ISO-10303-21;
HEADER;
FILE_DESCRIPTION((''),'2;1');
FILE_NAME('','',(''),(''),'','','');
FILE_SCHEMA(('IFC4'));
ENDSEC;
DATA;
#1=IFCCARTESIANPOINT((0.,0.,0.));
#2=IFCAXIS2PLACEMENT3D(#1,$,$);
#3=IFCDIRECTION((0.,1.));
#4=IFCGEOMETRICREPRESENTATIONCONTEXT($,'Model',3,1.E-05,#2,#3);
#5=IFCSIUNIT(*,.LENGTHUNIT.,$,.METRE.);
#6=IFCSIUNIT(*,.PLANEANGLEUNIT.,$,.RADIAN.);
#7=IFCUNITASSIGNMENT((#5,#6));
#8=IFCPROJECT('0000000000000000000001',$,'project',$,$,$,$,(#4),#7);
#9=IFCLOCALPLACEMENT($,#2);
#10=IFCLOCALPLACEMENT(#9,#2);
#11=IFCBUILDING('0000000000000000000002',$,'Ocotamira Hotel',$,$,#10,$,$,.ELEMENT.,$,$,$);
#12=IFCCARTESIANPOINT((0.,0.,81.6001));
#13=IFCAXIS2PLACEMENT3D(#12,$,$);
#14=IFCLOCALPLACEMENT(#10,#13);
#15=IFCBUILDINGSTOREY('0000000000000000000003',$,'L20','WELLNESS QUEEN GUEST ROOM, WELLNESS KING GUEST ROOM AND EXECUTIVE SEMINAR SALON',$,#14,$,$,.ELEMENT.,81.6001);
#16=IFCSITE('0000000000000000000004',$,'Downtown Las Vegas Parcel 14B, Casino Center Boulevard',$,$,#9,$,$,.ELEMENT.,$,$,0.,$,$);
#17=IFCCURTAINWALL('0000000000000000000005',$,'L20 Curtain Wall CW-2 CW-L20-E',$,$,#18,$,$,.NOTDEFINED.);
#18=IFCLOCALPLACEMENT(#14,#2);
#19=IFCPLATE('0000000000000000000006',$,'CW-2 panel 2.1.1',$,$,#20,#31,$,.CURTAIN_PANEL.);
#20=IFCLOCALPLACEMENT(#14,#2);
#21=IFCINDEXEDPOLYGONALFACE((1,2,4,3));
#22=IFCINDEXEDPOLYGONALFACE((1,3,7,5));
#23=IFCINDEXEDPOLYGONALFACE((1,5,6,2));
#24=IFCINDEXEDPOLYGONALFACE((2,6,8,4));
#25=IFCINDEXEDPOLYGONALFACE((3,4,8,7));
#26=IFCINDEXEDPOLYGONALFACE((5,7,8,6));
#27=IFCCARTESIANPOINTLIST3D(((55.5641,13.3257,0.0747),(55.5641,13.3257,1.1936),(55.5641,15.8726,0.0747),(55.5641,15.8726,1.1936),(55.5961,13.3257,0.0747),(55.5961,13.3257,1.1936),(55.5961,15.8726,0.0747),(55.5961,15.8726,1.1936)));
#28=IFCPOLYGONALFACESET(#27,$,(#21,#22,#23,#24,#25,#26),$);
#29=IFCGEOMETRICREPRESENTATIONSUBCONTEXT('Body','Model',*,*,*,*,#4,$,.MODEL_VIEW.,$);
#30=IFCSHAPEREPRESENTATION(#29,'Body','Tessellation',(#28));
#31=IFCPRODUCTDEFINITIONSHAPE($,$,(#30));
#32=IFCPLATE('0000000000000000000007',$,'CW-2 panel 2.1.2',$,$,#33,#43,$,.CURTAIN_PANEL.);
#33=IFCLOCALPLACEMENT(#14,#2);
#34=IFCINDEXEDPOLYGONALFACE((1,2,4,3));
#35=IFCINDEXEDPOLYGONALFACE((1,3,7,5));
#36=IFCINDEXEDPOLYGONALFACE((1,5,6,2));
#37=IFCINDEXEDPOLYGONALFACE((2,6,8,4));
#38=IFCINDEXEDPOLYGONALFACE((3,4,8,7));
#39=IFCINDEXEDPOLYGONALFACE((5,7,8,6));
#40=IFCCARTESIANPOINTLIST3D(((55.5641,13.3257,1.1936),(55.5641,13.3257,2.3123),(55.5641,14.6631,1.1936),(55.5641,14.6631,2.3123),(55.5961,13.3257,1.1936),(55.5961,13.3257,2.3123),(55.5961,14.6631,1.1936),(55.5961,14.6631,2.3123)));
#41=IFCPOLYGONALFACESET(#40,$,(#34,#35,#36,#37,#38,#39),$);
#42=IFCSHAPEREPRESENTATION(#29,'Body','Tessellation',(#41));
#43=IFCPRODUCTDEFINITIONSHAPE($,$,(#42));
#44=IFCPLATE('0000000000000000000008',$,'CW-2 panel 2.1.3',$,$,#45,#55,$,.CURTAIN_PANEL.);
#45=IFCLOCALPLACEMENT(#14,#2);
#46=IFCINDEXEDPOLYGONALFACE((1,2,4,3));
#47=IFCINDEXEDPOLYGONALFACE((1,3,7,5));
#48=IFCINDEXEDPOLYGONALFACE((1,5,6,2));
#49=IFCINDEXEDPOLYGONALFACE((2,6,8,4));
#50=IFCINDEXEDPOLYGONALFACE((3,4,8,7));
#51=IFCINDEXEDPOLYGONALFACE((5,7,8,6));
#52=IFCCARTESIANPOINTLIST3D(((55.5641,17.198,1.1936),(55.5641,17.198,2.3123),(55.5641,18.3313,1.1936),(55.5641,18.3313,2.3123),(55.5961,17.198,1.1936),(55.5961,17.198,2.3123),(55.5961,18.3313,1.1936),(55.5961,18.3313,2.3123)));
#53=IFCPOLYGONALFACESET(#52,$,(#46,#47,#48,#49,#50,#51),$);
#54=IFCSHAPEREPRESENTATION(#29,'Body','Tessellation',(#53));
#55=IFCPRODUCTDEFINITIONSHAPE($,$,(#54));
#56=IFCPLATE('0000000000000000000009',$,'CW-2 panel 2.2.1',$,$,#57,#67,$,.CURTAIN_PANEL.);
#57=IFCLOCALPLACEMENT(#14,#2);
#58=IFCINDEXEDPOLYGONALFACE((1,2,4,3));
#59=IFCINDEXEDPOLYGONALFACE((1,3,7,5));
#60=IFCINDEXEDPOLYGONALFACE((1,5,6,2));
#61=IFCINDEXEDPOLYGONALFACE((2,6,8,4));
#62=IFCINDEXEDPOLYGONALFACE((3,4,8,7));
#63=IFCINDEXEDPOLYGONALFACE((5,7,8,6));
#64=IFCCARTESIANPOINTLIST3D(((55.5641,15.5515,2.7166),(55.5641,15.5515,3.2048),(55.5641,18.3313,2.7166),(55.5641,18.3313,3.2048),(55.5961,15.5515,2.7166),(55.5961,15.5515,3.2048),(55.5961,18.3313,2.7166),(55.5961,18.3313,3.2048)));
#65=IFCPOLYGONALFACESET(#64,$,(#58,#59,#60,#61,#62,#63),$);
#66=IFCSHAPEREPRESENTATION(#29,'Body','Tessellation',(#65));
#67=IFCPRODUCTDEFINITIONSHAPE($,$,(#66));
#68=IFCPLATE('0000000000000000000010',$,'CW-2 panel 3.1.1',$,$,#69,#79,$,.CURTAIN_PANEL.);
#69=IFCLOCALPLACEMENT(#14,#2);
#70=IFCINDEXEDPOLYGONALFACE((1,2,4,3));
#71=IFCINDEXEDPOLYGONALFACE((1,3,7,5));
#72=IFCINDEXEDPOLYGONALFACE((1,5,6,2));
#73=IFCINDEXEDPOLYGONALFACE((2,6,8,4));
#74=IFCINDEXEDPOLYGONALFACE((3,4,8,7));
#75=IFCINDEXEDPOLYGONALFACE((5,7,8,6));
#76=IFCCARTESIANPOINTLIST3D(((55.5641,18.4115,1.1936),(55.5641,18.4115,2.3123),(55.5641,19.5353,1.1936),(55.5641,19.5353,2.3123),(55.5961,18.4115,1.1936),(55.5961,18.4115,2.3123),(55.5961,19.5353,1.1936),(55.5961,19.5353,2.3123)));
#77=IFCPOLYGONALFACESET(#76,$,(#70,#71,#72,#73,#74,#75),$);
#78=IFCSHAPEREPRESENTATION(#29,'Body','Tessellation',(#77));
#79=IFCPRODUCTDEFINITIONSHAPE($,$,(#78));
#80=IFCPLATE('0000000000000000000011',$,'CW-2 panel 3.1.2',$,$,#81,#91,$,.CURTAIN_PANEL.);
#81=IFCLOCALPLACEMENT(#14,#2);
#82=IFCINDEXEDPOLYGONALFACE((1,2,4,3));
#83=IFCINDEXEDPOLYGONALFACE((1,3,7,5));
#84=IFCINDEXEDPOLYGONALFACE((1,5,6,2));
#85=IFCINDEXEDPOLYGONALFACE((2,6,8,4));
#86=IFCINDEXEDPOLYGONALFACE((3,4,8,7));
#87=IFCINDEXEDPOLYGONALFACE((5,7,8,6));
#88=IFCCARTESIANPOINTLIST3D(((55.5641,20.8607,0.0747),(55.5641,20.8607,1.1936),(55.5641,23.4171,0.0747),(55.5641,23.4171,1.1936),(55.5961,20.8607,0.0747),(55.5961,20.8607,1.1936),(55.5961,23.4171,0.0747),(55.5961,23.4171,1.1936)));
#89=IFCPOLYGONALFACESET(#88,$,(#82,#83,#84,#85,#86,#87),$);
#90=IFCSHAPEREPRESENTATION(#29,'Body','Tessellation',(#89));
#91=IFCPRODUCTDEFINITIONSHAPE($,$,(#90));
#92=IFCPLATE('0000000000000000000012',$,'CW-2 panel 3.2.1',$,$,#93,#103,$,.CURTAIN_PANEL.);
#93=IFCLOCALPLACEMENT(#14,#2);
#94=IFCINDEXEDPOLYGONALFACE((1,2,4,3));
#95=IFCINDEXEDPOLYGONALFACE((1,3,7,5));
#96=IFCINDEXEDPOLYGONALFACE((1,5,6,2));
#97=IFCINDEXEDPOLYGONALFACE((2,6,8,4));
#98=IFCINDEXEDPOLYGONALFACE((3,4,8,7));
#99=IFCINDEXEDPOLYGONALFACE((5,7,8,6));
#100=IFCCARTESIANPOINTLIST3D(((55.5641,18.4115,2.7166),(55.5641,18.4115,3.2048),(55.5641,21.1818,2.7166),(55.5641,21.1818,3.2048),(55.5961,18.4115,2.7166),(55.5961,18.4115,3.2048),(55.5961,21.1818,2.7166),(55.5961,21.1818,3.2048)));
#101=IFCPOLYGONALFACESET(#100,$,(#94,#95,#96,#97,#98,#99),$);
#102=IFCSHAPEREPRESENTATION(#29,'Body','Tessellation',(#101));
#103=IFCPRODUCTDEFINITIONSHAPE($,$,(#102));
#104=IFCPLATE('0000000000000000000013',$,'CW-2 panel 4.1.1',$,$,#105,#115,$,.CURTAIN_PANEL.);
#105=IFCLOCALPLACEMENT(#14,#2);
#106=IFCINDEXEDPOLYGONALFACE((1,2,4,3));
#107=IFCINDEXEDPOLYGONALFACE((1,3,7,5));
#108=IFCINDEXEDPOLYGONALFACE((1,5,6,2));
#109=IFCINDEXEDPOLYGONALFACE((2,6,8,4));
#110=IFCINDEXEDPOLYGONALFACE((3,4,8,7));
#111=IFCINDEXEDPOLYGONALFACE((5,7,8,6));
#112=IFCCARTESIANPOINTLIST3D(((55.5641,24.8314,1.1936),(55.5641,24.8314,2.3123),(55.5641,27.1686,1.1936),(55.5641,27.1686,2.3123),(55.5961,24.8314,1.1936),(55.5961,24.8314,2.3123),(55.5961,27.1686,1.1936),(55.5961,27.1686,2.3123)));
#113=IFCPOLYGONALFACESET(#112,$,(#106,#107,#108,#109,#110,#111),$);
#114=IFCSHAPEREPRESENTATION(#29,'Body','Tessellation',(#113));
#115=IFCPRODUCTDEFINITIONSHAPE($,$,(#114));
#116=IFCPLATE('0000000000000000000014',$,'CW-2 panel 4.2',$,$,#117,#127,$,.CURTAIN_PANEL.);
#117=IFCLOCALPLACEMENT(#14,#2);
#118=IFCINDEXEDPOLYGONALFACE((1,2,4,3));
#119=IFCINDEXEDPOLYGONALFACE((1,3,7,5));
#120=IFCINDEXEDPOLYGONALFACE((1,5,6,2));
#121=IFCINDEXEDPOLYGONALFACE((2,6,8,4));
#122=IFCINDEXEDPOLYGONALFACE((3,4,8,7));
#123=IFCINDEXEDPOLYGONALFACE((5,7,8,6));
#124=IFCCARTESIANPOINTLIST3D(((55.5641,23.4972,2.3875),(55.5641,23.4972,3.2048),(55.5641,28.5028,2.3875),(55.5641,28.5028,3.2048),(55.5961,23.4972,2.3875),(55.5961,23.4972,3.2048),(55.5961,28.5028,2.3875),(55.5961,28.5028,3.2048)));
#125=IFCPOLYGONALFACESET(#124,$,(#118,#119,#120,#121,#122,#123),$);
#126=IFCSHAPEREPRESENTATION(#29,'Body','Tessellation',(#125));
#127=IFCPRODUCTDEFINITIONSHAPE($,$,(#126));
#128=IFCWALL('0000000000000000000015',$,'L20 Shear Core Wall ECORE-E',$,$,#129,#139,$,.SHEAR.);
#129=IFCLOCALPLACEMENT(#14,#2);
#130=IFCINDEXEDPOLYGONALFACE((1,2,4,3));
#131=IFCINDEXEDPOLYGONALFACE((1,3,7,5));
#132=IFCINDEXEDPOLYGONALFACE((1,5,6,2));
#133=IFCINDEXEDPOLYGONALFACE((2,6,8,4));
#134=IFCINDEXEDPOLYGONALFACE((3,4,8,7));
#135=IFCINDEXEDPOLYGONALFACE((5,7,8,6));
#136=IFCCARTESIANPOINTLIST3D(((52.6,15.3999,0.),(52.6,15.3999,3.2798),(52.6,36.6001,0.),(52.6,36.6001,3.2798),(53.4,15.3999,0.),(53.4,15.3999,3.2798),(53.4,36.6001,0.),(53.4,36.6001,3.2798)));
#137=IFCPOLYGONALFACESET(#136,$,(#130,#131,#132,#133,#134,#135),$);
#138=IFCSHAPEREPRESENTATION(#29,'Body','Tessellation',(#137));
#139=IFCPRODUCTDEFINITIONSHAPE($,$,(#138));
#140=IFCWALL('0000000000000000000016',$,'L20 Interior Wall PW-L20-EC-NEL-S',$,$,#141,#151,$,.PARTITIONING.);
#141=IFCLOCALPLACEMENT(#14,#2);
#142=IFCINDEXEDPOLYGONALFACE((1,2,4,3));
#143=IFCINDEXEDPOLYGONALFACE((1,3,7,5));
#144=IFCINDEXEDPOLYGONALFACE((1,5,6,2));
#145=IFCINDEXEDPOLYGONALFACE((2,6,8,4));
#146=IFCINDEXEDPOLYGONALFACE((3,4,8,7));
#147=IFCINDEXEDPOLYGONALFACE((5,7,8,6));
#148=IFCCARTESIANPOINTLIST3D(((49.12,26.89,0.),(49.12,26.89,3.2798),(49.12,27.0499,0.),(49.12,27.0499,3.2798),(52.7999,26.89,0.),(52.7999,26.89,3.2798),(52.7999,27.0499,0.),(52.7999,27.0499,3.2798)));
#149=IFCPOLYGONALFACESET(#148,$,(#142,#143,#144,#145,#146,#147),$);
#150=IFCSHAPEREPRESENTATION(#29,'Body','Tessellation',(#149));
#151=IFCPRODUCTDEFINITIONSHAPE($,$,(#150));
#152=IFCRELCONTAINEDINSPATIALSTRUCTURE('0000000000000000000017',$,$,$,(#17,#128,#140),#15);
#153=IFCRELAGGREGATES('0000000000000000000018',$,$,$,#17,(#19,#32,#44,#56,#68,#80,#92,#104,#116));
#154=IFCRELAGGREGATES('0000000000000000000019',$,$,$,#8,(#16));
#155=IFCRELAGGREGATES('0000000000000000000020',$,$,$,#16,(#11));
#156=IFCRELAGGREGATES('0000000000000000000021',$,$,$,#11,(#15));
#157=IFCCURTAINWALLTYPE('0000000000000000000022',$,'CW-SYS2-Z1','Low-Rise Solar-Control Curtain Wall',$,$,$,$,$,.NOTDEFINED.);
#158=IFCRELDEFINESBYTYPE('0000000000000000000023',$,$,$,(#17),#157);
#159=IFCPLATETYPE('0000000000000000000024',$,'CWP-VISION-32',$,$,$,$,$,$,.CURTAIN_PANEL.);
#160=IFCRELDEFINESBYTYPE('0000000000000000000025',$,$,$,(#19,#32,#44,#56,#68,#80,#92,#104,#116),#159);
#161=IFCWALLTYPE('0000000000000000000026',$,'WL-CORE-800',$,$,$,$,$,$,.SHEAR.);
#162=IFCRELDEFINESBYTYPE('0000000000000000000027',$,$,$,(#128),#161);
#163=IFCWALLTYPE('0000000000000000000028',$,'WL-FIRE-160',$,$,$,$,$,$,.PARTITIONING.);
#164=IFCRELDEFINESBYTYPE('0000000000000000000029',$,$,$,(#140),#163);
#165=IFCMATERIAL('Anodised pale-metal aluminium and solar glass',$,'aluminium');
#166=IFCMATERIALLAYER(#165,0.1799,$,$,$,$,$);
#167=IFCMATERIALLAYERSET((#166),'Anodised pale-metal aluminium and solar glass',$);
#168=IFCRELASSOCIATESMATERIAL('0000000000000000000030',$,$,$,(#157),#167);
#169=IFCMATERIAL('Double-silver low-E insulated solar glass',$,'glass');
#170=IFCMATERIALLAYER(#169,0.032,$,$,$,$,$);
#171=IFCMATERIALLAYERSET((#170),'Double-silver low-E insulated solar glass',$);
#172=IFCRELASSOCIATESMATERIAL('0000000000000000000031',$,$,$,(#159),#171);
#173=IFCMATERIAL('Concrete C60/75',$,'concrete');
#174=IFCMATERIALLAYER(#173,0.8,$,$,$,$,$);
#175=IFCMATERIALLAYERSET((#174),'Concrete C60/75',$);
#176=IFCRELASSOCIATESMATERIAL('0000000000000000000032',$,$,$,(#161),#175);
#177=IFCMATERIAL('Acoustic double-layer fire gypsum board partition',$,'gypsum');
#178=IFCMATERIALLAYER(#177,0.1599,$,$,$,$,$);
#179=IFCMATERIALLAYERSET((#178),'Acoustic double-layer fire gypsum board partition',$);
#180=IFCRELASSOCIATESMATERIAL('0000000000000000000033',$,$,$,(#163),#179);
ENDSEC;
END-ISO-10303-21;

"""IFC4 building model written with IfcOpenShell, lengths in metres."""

from ifc_helpers import new_model, si_unit, direction, frame, frame_2d, origin, origin_2d, place, context, subcontext, project, spatial, rectangle, extrude, source, transform, mapped, material, layer, layer_set, type_object, element, aggregate, save


model = new_model("IFC4")

# Units and contexts
model_context = context("Model", 3, precision=1e-05, world=origin(), true_north=direction((0.0, 1.0)))
body_context = subcontext(model_context, "Body", "Model", "MODEL_VIEW")
ifc_project = project(units=[si_unit("LENGTHUNIT", "METRE"), si_unit("PLANEANGLEUNIT", "RADIAN")], contexts=[model_context])

# Site, building, storey
site_placement = place(None, origin())
site = spatial("IfcSite", under=ifc_project, at=site_placement, Name="Downtown Las Vegas Parcel 14B, Casino Center Boulevard", CompositionType="ELEMENT", RefElevation=0.0)
building_placement = place(site_placement, origin())
building = spatial("IfcBuilding", under=site, at=building_placement, Name="Ocotamira Hotel", CompositionType="ELEMENT")
storey_placement = place(building_placement, frame((0.0, 0.0, 81.6001)))
storey = spatial("IfcBuildingStorey", under=building, at=storey_placement, Name="L20", Description="WELLNESS QUEEN GUEST ROOM, WELLNESS KING GUEST ROOM AND EXECUTIVE SEMINAR SALON", CompositionType="ELEMENT", Elevation=81.6001)

# Curtain wall
ifc_material_1 = material(Name="Anodised pale-metal aluminium and solar glass", Category="aluminium")
ifc_layer_1 = layer(ifc_material_1, 0.1799)
ifc_layer_set_1 = layer_set([ifc_layer_1], Name="Anodised pale-metal aluminium and solar glass")
curtain_wall_type = type_object("IfcCurtainWallType", Name="CW-SYS2-Z1", Description="Low-Rise Solar-Control Curtain Wall", PredefinedType="NOTDEFINED", material=ifc_layer_set_1)
curtain_wall_placement = place(storey_placement, origin())
curtain_wall = element("IfcCurtainWall", 1, at=curtain_wall_placement, inside=storey, type_object=curtain_wall_type, Name="L20 Curtain Wall CW-2 CW-L20-E", PredefinedType="NOTDEFINED")

# Plates
ifc_material_2 = material(Name="Double-silver low-E insulated solar glass", Category="glass")
ifc_layer_2 = layer(ifc_material_2, 0.032)
ifc_layer_set_2 = layer_set([ifc_layer_2], Name="Double-silver low-E insulated solar glass")
plate_type_1 = type_object("IfcPlateType", Name="CWP-VISION-32", PredefinedType="CURTAIN_PANEL", material=ifc_layer_set_2)
shared_shape_1 = source(origin(), body_context, "Body", "SweptSolid", [
    extrude(rectangle(XDim=2.5469, YDim=0.032, at=origin_2d()), origin(), (0.0, 0.0, 1.0), 1.1189),
])
plate_1_placement = place(storey_placement, frame((55.5801, 14.5991, 0.0747), z_axis=(0.0, 0.0, 1.0), x_axis=(0.0, 1.0, 0.0)))
plate_1 = element("IfcPlate", 2, at=plate_1_placement, type_object=plate_type_1, Name="CW-2 panel 2.1.1", PredefinedType="CURTAIN_PANEL", context=body_context, shape_type="MappedRepresentation", body=[
    mapped(shared_shape_1, transform((0.0, 0.0, 0.0), scale=1.0)),
])
shared_shape_2 = source(origin(), body_context, "Body", "SweptSolid", [
    extrude(rectangle(XDim=1.3374, YDim=0.032, at=origin_2d()), origin(), (0.0, 0.0, 1.0), 1.1187),
])
plate_2_placement = place(storey_placement, frame((55.5801, 13.9944, 1.1936), z_axis=(0.0, 0.0, 1.0), x_axis=(0.0, 1.0, 0.0)))
plate_2 = element("IfcPlate", 3, at=plate_2_placement, type_object=plate_type_1, Name="CW-2 panel 2.1.2", PredefinedType="CURTAIN_PANEL", context=body_context, shape_type="MappedRepresentation", body=[
    mapped(shared_shape_2, transform((0.0, 0.0, 0.0), scale=1.0)),
])
shared_shape_3 = source(origin(), body_context, "Body", "SweptSolid", [
    extrude(rectangle(XDim=1.1333, YDim=0.032, at=origin_2d()), origin(), (0.0, 0.0, 1.0), 1.1187),
])
plate_3_placement = place(storey_placement, frame((55.5801, 17.7646, 1.1936), z_axis=(0.0, 0.0, 1.0), x_axis=(0.0, 1.0, 0.0)))
plate_3 = element("IfcPlate", 4, at=plate_3_placement, type_object=plate_type_1, Name="CW-2 panel 2.1.3", PredefinedType="CURTAIN_PANEL", context=body_context, shape_type="MappedRepresentation", body=[
    mapped(shared_shape_3, transform((0.0, 0.0, 0.0), scale=1.0)),
])
shared_shape_4 = source(origin(), body_context, "Body", "SweptSolid", [
    extrude(rectangle(XDim=2.7798, YDim=0.032, at=origin_2d()), origin(), (0.0, 0.0, 1.0), 0.4883),
])
plate_4_placement = place(storey_placement, frame((55.5801, 16.9414, 2.7166), z_axis=(0.0, 0.0, 1.0), x_axis=(0.0, 1.0, 0.0)))
plate_4 = element("IfcPlate", 5, at=plate_4_placement, type_object=plate_type_1, Name="CW-2 panel 2.2.1", PredefinedType="CURTAIN_PANEL", context=body_context, shape_type="MappedRepresentation", body=[
    mapped(shared_shape_4, transform((0.0, 0.0, 0.0), scale=1.0)),
])
shared_shape_5 = source(origin(), body_context, "Body", "SweptSolid", [
    extrude(rectangle(XDim=1.1238, YDim=0.032, at=origin_2d()), origin(), (0.0, 0.0, 1.0), 1.1187),
])
plate_5_placement = place(storey_placement, frame((55.5801, 18.9734, 1.1936), z_axis=(0.0, 0.0, 1.0), x_axis=(0.0, 1.0, 0.0)))
plate_5 = element("IfcPlate", 6, at=plate_5_placement, type_object=plate_type_1, Name="CW-2 panel 3.1.1", PredefinedType="CURTAIN_PANEL", context=body_context, shape_type="MappedRepresentation", body=[
    mapped(shared_shape_5, transform((0.0, 0.0, 0.0), scale=1.0)),
])
shared_shape_6 = source(origin(), body_context, "Body", "SweptSolid", [
    extrude(rectangle(XDim=2.5564, YDim=0.032, at=origin_2d()), origin(), (0.0, 0.0, 1.0), 1.1189),
])
plate_6_placement = place(storey_placement, frame((55.5801, 22.1389, 0.0747), z_axis=(0.0, 0.0, 1.0), x_axis=(0.0, 1.0, 0.0)))
plate_6 = element("IfcPlate", 7, at=plate_6_placement, type_object=plate_type_1, Name="CW-2 panel 3.1.2", PredefinedType="CURTAIN_PANEL", context=body_context, shape_type="MappedRepresentation", body=[
    mapped(shared_shape_6, transform((0.0, 0.0, 0.0), scale=1.0)),
])
shared_shape_7 = source(origin(), body_context, "Body", "SweptSolid", [
    extrude(rectangle(XDim=2.7703, YDim=0.032, at=origin_2d()), origin(), (0.0, 0.0, 1.0), 0.4883),
])
plate_7_placement = place(storey_placement, frame((55.5801, 19.7966, 2.7166), z_axis=(0.0, 0.0, 1.0), x_axis=(0.0, 1.0, 0.0)))
plate_7 = element("IfcPlate", 8, at=plate_7_placement, type_object=plate_type_1, Name="CW-2 panel 3.2.1", PredefinedType="CURTAIN_PANEL", context=body_context, shape_type="MappedRepresentation", body=[
    mapped(shared_shape_7, transform((0.0, 0.0, 0.0), scale=1.0)),
])
shared_shape_8 = source(origin(), body_context, "Body", "SweptSolid", [
    extrude(rectangle(XDim=2.3372, YDim=0.032, at=origin_2d()), origin(), (0.0, 0.0, 1.0), 1.1187),
])
plate_8_placement = place(storey_placement, frame((55.5801, 26.0, 1.1936), z_axis=(0.0, 0.0, 1.0), x_axis=(0.0, 1.0, 0.0)))
plate_8 = element("IfcPlate", 9, at=plate_8_placement, type_object=plate_type_1, Name="CW-2 panel 4.1.1", PredefinedType="CURTAIN_PANEL", context=body_context, shape_type="MappedRepresentation", body=[
    mapped(shared_shape_8, transform((0.0, 0.0, 0.0), scale=1.0)),
])
shared_shape_9 = source(origin(), body_context, "Body", "SweptSolid", [
    extrude(rectangle(XDim=5.0056, YDim=0.032, at=origin_2d()), origin(), (0.0, 0.0, 1.0), 0.8174),
])
plate_9_placement = place(storey_placement, frame((55.5801, 26.0, 2.3875), z_axis=(0.0, 0.0, 1.0), x_axis=(0.0, 1.0, 0.0)))
plate_9 = element("IfcPlate", 10, at=plate_9_placement, type_object=plate_type_1, Name="CW-2 panel 4.2", PredefinedType="CURTAIN_PANEL", context=body_context, shape_type="MappedRepresentation", body=[
    mapped(shared_shape_9, transform((0.0, 0.0, 0.0), scale=1.0)),
])
aggregate(curtain_wall, [plate_1, plate_2, plate_3, plate_4, plate_5, plate_6, plate_7, plate_8, plate_9])

# Walls
ifc_material_3 = material(Name="Concrete C60/75", Category="concrete")
ifc_layer_3 = layer(ifc_material_3, 0.8)
ifc_layer_set_3 = layer_set([ifc_layer_3], Name="Concrete C60/75")
wall_type_1 = type_object("IfcWallType", Name="WL-CORE-800", PredefinedType="SHEAR", material=ifc_layer_set_3)
wall_1_placement = place(storey_placement, frame((53.0, 15.3999, 0.0), z_axis=(0.0, 0.0, 1.0), x_axis=(0.0, 1.0, 0.0)))
element("IfcWall", 11, at=wall_1_placement, inside=storey, type_object=wall_type_1, Name="L20 Shear Core Wall ECORE-E", PredefinedType="SHEAR", context=body_context, shape_type="SweptSolid", body=[
    extrude(rectangle(XDim=21.2002, YDim=0.8, at=frame_2d((10.6001, 0.0))), origin(), (0.0, 0.0, 1.0), 3.2798),
])
ifc_material_4 = material(Name="Acoustic double-layer fire gypsum board partition", Category="gypsum")
ifc_layer_4 = layer(ifc_material_4, 0.1599)
ifc_layer_set_4 = layer_set([ifc_layer_4], Name="Acoustic double-layer fire gypsum board partition")
wall_type_2 = type_object("IfcWallType", Name="WL-FIRE-160", PredefinedType="PARTITIONING", material=ifc_layer_set_4)
wall_2_placement = place(storey_placement, frame((49.1201, 26.97, 0.0), z_axis=(0.0, 0.0, 1.0), x_axis=(1.0, 0.0, 0.0)))
element("IfcWall", 12, at=wall_2_placement, inside=storey, type_object=wall_type_2, Name="L20 Interior Wall PW-L20-EC-NEL-S", PredefinedType="PARTITIONING", context=body_context, shape_type="SweptSolid", body=[
    extrude(rectangle(XDim=3.6799, YDim=0.1599, at=frame_2d((1.8398, 0.0))), origin(), (0.0, 0.0, 1.0), 3.2798),
])

save(model, "model.ifc")
